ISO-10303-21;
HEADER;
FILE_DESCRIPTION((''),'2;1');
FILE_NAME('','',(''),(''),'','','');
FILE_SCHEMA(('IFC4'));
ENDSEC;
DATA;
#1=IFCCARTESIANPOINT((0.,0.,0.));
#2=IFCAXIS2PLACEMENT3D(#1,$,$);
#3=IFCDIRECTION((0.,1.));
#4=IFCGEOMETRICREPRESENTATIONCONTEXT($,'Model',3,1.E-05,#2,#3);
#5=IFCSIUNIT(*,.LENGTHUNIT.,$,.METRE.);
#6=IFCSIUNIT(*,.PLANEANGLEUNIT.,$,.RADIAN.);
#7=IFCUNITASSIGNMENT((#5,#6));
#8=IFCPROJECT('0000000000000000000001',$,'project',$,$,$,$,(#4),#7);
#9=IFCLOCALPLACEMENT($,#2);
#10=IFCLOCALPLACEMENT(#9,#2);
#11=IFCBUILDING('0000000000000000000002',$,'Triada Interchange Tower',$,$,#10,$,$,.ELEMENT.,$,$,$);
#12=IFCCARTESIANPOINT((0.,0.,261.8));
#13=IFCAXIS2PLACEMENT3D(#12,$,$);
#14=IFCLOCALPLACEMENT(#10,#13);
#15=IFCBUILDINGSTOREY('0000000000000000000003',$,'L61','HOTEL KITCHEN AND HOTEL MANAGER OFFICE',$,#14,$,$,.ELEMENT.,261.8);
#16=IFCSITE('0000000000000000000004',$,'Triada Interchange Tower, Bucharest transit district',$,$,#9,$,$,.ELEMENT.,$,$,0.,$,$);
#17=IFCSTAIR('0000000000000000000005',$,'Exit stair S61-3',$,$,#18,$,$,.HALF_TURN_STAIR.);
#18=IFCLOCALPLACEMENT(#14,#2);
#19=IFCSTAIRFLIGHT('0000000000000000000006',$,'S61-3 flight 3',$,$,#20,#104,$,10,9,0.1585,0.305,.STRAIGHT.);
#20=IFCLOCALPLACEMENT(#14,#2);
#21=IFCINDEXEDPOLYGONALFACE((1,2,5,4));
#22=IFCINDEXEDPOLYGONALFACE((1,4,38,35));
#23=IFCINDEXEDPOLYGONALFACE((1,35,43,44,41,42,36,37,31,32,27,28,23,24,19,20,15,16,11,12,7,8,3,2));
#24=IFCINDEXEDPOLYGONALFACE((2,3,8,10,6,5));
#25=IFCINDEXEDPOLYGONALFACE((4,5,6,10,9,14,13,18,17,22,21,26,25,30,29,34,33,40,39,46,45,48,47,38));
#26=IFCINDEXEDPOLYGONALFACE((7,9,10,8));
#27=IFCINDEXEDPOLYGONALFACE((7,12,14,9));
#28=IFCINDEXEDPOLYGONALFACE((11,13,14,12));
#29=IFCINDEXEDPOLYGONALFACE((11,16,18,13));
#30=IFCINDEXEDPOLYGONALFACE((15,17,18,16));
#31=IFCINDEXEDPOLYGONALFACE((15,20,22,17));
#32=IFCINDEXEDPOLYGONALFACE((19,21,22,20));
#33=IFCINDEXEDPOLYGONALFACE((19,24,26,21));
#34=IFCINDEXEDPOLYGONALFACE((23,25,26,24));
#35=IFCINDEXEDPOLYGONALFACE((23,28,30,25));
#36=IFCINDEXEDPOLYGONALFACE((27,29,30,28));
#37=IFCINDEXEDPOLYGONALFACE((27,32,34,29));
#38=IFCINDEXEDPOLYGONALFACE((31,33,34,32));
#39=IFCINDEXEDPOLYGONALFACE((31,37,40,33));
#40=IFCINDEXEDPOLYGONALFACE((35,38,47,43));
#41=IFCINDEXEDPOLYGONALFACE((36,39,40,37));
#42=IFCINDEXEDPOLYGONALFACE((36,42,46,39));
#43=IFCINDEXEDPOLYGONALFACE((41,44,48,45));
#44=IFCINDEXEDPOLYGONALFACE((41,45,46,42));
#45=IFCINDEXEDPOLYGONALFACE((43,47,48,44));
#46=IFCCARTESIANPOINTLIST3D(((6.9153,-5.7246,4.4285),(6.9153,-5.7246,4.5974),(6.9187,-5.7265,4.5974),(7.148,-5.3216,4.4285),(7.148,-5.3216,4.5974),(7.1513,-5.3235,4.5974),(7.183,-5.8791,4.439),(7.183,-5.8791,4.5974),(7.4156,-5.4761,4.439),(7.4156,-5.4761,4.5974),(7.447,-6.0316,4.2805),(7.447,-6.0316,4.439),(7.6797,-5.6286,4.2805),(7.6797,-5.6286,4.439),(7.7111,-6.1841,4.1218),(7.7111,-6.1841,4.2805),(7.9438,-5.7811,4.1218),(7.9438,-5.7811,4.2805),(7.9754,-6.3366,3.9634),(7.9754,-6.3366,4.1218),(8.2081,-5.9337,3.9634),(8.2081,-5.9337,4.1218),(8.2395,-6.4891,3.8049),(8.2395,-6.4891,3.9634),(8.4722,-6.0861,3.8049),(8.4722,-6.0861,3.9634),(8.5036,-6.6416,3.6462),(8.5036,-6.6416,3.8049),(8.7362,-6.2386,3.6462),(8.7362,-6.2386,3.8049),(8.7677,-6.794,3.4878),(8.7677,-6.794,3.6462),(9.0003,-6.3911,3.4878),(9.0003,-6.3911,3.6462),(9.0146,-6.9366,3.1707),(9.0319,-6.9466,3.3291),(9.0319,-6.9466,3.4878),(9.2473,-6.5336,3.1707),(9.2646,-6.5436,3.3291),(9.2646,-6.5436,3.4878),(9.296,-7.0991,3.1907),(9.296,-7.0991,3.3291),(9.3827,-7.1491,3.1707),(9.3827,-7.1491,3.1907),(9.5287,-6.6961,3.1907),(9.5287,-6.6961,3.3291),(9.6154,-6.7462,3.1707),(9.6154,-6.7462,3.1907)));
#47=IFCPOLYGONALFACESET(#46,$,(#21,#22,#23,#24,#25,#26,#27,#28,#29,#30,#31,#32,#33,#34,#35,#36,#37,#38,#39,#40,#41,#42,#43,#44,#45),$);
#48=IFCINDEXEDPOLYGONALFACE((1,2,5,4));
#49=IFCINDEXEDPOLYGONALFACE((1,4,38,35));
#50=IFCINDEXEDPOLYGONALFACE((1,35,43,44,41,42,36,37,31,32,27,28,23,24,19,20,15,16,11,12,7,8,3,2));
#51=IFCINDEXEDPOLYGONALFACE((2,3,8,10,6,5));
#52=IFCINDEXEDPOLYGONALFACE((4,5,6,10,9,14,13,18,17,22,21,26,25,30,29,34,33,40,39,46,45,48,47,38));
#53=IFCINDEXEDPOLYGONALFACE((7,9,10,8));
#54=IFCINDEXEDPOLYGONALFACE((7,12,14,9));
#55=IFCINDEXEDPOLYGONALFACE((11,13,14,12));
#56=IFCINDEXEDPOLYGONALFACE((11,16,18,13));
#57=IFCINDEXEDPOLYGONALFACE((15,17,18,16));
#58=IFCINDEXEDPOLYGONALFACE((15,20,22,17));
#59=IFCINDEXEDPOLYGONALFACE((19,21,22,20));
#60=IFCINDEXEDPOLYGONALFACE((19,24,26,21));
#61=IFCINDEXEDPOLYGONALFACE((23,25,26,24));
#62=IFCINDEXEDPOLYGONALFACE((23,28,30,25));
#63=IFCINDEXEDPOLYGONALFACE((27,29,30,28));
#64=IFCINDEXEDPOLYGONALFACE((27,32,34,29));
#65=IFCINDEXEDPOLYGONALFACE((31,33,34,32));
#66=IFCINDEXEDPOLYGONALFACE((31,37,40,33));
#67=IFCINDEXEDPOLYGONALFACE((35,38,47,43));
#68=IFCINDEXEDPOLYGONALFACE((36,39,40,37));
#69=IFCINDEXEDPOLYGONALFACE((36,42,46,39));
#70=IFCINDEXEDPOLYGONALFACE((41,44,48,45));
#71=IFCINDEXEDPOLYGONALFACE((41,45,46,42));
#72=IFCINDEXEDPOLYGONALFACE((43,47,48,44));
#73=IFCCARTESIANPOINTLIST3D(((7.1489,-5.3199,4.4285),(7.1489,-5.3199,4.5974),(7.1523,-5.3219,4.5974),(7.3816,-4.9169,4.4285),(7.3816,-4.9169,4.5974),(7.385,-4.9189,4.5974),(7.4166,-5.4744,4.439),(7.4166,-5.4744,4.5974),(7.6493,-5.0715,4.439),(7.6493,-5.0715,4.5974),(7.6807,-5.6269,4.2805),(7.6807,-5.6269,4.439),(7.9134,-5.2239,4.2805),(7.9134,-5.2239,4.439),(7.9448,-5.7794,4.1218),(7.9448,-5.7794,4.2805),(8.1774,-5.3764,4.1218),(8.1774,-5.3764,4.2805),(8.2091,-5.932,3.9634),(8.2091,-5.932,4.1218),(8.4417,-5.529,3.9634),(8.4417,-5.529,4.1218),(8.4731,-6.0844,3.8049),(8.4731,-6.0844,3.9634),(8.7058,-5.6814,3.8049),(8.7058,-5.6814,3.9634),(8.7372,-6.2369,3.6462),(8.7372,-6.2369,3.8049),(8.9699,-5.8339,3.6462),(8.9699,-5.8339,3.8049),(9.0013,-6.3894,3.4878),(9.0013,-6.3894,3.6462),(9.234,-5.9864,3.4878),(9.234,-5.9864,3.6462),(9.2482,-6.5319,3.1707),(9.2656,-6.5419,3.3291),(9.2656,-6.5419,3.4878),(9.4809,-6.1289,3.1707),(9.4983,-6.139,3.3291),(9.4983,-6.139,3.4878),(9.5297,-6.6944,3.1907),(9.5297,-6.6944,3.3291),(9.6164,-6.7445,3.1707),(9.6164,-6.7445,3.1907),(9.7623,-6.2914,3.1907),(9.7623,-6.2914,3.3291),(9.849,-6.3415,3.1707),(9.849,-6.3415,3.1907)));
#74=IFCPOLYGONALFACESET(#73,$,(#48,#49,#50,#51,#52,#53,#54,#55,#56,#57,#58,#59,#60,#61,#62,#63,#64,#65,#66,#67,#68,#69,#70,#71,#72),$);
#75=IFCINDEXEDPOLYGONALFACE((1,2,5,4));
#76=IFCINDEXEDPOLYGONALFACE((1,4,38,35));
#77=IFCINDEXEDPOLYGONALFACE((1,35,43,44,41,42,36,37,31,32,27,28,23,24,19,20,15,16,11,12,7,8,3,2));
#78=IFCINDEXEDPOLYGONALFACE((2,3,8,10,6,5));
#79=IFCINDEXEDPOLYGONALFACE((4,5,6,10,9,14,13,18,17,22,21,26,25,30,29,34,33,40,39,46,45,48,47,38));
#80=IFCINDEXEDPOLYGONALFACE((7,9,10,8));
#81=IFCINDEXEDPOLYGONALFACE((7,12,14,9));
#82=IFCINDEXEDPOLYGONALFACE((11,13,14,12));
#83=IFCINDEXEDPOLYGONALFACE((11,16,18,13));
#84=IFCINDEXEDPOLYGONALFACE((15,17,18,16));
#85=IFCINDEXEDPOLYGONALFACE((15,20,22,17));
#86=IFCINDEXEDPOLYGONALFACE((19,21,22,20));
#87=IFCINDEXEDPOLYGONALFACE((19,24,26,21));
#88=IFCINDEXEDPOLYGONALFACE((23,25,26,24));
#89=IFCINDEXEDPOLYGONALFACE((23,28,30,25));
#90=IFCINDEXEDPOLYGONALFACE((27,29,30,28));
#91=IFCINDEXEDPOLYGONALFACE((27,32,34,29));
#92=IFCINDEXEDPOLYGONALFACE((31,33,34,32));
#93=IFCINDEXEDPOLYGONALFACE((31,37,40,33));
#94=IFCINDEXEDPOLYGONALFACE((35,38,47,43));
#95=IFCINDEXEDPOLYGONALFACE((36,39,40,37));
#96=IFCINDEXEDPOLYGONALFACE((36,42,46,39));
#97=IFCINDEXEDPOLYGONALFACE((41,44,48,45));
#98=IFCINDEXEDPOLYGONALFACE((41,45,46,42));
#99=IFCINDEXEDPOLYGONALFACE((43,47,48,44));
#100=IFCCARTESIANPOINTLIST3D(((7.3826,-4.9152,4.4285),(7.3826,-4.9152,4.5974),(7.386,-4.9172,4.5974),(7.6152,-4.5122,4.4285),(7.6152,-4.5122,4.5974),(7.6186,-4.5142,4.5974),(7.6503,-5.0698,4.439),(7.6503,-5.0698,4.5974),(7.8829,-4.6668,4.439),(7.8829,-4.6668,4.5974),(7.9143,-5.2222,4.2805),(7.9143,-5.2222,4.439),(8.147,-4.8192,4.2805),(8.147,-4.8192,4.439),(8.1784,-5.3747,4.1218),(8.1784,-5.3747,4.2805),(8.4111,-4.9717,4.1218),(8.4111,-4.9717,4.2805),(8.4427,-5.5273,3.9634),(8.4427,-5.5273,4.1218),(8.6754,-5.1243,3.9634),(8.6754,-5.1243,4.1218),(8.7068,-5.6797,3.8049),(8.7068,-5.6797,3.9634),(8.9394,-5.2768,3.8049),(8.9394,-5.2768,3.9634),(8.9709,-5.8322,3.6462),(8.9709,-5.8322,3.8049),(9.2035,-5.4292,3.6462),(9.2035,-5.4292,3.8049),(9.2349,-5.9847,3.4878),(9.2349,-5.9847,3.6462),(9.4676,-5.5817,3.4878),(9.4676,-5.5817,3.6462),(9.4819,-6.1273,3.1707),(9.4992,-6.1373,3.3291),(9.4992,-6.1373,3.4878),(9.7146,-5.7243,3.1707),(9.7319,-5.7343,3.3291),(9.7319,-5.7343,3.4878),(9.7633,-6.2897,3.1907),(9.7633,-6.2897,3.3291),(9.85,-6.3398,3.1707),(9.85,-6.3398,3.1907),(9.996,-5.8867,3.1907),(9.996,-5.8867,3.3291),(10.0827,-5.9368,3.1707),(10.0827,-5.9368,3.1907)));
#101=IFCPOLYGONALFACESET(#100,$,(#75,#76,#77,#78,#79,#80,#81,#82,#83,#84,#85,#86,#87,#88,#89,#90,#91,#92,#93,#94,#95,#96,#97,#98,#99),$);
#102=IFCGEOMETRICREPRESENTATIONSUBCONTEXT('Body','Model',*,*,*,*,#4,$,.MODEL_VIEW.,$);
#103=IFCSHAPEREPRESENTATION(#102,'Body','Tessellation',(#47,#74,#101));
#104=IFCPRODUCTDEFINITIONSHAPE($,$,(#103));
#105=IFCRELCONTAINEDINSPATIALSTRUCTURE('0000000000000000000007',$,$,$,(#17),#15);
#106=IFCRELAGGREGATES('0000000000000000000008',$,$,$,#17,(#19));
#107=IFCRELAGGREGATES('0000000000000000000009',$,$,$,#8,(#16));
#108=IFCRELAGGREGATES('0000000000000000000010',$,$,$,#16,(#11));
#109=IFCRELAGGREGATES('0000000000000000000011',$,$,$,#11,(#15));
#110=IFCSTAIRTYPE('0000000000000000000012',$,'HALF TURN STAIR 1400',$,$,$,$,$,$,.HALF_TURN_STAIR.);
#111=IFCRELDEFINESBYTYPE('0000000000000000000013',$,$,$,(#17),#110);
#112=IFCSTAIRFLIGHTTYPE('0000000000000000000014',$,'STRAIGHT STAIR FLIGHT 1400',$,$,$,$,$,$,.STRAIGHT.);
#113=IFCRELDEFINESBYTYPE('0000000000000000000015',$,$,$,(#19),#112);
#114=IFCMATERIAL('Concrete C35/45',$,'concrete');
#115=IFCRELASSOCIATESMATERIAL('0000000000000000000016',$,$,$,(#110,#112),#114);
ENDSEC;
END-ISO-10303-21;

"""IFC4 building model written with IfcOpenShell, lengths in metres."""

from ifc_helpers import new_model, si_unit, direction, frame, origin, place, context, subcontext, project, spatial, polyline, outline, extrude, material, type_object, element, aggregate, save


model = new_model("IFC4")

# Units and contexts
model_context = context("Model", 3, precision=1e-05, world=origin(), true_north=direction((0.0, 1.0)))
body_context = subcontext(model_context, "Body", "Model", "MODEL_VIEW")
ifc_project = project(units=[si_unit("LENGTHUNIT", "METRE"), si_unit("PLANEANGLEUNIT", "RADIAN")], contexts=[model_context])

# Site, building, storey
site_placement = place(None, origin())
site = spatial("IfcSite", under=ifc_project, at=site_placement, Name="Triada Interchange Tower, Bucharest transit district", CompositionType="ELEMENT", RefElevation=0.0)
building_placement = place(site_placement, origin())
building = spatial("IfcBuilding", under=site, at=building_placement, Name="Triada Interchange Tower", CompositionType="ELEMENT")
storey_placement = place(building_placement, frame((0.0, 0.0, 261.8)))
storey = spatial("IfcBuildingStorey", under=building, at=storey_placement, Name="L61", Description="HOTEL KITCHEN AND HOTEL MANAGER OFFICE", CompositionType="ELEMENT", Elevation=261.8)

# Shared definitions
ifc_material_1 = material(Name="Concrete C35/45", Category="concrete")

# Stair, stair flight
stair_type = type_object("IfcStairType", Name="HALF TURN STAIR 1400", PredefinedType="HALF_TURN_STAIR", material=ifc_material_1)
stair_placement = place(storey_placement, origin())
stair = element("IfcStair", 1, at=stair_placement, inside=storey, type_object=stair_type, Name="Exit stair S61-3", PredefinedType="HALF_TURN_STAIR")
stair_flight_type = type_object("IfcStairFlightType", Name="STRAIGHT STAIR FLIGHT 1400", PredefinedType="STRAIGHT", material=ifc_material_1)
stair_flight_1_placement = place(storey_placement, frame((9.646, -6.4929, 3.1707), z_axis=(0.0, 0.0, 1.0), x_axis=(-0.866025, 0.5, 0.0)))
stair_flight_1 = element("IfcStairFlight", 2, at=stair_flight_1_placement, type_object=stair_flight_type, Name="S61-3 flight 3", NumberOfRisers=10, NumberOfTreads=9, PredefinedType="STRAIGHT", RiserHeight=0.1585, TreadLength=0.305, context=body_context, shape_type="SweptSolid", body=[
    extrude(outline(polyline([(-0.1001, 0.0), (-0.1001, 0.02), (0.0, 0.02), (0.0, 0.1584), (0.3049, 0.1584), (0.3049, 0.3171), (0.6101, 0.3171), (0.6101, 0.4756), (0.915, 0.4756), (0.915, 0.6343), (1.22, 0.6343), (1.22, 0.7927), (1.5249, 0.7927), (1.5249, 0.9512), (1.8301, 0.9512), (1.8301, 1.1099), (2.135, 1.1099), (2.135, 1.2683), (2.4399, 1.2683), (2.4399, 1.4268), (2.7451, 1.4268), (2.749, 1.4268), (2.749, 1.5854), (2.749, 1.2578), (0.325, 0.0), (-0.1001, 0.0)])), frame((0.0, 0.7, 0.0), z_axis=(0.0, -1.0, 0.0), x_axis=(1.0, 0.0, 0.0)), (0.0, 0.0, 1.0), 0.4653),
    extrude(outline(polyline([(-0.1001, 0.0), (-0.1001, 0.02), (0.0, 0.02), (0.0, 0.1584), (0.3049, 0.1584), (0.3049, 0.3171), (0.6101, 0.3171), (0.6101, 0.4756), (0.915, 0.4756), (0.915, 0.6343), (1.22, 0.6343), (1.22, 0.7927), (1.5249, 0.7927), (1.5249, 0.9512), (1.8301, 0.9512), (1.8301, 1.1099), (2.135, 1.1099), (2.135, 1.2683), (2.4399, 1.2683), (2.4399, 1.4268), (2.7451, 1.4268), (2.749, 1.4268), (2.749, 1.5854), (2.749, 1.2578), (0.325, 0.0), (-0.1001, 0.0)])), frame((0.0, 0.2327, 0.0), z_axis=(0.0, -1.0, 0.0), x_axis=(1.0, 0.0, 0.0)), (0.0, 0.0, 1.0), 0.4653),
    extrude(outline(polyline([(-0.1001, 0.0), (-0.1001, 0.02), (0.0, 0.02), (0.0, 0.1584), (0.3049, 0.1584), (0.3049, 0.3171), (0.6101, 0.3171), (0.6101, 0.4756), (0.915, 0.4756), (0.915, 0.6343), (1.22, 0.6343), (1.22, 0.7927), (1.5249, 0.7927), (1.5249, 0.9512), (1.8301, 0.9512), (1.8301, 1.1099), (2.135, 1.1099), (2.135, 1.2683), (2.4399, 1.2683), (2.4399, 1.4268), (2.7451, 1.4268), (2.749, 1.4268), (2.749, 1.5854), (2.749, 1.2578), (0.325, 0.0), (-0.1001, 0.0)])), frame((0.0, -0.2346, 0.0), z_axis=(0.0, -1.0, 0.0), x_axis=(1.0, 0.0, 0.0)), (0.0, 0.0, 1.0), 0.4653),
])
aggregate(stair, [stair_flight_1])

save(model, "model.ifc")
